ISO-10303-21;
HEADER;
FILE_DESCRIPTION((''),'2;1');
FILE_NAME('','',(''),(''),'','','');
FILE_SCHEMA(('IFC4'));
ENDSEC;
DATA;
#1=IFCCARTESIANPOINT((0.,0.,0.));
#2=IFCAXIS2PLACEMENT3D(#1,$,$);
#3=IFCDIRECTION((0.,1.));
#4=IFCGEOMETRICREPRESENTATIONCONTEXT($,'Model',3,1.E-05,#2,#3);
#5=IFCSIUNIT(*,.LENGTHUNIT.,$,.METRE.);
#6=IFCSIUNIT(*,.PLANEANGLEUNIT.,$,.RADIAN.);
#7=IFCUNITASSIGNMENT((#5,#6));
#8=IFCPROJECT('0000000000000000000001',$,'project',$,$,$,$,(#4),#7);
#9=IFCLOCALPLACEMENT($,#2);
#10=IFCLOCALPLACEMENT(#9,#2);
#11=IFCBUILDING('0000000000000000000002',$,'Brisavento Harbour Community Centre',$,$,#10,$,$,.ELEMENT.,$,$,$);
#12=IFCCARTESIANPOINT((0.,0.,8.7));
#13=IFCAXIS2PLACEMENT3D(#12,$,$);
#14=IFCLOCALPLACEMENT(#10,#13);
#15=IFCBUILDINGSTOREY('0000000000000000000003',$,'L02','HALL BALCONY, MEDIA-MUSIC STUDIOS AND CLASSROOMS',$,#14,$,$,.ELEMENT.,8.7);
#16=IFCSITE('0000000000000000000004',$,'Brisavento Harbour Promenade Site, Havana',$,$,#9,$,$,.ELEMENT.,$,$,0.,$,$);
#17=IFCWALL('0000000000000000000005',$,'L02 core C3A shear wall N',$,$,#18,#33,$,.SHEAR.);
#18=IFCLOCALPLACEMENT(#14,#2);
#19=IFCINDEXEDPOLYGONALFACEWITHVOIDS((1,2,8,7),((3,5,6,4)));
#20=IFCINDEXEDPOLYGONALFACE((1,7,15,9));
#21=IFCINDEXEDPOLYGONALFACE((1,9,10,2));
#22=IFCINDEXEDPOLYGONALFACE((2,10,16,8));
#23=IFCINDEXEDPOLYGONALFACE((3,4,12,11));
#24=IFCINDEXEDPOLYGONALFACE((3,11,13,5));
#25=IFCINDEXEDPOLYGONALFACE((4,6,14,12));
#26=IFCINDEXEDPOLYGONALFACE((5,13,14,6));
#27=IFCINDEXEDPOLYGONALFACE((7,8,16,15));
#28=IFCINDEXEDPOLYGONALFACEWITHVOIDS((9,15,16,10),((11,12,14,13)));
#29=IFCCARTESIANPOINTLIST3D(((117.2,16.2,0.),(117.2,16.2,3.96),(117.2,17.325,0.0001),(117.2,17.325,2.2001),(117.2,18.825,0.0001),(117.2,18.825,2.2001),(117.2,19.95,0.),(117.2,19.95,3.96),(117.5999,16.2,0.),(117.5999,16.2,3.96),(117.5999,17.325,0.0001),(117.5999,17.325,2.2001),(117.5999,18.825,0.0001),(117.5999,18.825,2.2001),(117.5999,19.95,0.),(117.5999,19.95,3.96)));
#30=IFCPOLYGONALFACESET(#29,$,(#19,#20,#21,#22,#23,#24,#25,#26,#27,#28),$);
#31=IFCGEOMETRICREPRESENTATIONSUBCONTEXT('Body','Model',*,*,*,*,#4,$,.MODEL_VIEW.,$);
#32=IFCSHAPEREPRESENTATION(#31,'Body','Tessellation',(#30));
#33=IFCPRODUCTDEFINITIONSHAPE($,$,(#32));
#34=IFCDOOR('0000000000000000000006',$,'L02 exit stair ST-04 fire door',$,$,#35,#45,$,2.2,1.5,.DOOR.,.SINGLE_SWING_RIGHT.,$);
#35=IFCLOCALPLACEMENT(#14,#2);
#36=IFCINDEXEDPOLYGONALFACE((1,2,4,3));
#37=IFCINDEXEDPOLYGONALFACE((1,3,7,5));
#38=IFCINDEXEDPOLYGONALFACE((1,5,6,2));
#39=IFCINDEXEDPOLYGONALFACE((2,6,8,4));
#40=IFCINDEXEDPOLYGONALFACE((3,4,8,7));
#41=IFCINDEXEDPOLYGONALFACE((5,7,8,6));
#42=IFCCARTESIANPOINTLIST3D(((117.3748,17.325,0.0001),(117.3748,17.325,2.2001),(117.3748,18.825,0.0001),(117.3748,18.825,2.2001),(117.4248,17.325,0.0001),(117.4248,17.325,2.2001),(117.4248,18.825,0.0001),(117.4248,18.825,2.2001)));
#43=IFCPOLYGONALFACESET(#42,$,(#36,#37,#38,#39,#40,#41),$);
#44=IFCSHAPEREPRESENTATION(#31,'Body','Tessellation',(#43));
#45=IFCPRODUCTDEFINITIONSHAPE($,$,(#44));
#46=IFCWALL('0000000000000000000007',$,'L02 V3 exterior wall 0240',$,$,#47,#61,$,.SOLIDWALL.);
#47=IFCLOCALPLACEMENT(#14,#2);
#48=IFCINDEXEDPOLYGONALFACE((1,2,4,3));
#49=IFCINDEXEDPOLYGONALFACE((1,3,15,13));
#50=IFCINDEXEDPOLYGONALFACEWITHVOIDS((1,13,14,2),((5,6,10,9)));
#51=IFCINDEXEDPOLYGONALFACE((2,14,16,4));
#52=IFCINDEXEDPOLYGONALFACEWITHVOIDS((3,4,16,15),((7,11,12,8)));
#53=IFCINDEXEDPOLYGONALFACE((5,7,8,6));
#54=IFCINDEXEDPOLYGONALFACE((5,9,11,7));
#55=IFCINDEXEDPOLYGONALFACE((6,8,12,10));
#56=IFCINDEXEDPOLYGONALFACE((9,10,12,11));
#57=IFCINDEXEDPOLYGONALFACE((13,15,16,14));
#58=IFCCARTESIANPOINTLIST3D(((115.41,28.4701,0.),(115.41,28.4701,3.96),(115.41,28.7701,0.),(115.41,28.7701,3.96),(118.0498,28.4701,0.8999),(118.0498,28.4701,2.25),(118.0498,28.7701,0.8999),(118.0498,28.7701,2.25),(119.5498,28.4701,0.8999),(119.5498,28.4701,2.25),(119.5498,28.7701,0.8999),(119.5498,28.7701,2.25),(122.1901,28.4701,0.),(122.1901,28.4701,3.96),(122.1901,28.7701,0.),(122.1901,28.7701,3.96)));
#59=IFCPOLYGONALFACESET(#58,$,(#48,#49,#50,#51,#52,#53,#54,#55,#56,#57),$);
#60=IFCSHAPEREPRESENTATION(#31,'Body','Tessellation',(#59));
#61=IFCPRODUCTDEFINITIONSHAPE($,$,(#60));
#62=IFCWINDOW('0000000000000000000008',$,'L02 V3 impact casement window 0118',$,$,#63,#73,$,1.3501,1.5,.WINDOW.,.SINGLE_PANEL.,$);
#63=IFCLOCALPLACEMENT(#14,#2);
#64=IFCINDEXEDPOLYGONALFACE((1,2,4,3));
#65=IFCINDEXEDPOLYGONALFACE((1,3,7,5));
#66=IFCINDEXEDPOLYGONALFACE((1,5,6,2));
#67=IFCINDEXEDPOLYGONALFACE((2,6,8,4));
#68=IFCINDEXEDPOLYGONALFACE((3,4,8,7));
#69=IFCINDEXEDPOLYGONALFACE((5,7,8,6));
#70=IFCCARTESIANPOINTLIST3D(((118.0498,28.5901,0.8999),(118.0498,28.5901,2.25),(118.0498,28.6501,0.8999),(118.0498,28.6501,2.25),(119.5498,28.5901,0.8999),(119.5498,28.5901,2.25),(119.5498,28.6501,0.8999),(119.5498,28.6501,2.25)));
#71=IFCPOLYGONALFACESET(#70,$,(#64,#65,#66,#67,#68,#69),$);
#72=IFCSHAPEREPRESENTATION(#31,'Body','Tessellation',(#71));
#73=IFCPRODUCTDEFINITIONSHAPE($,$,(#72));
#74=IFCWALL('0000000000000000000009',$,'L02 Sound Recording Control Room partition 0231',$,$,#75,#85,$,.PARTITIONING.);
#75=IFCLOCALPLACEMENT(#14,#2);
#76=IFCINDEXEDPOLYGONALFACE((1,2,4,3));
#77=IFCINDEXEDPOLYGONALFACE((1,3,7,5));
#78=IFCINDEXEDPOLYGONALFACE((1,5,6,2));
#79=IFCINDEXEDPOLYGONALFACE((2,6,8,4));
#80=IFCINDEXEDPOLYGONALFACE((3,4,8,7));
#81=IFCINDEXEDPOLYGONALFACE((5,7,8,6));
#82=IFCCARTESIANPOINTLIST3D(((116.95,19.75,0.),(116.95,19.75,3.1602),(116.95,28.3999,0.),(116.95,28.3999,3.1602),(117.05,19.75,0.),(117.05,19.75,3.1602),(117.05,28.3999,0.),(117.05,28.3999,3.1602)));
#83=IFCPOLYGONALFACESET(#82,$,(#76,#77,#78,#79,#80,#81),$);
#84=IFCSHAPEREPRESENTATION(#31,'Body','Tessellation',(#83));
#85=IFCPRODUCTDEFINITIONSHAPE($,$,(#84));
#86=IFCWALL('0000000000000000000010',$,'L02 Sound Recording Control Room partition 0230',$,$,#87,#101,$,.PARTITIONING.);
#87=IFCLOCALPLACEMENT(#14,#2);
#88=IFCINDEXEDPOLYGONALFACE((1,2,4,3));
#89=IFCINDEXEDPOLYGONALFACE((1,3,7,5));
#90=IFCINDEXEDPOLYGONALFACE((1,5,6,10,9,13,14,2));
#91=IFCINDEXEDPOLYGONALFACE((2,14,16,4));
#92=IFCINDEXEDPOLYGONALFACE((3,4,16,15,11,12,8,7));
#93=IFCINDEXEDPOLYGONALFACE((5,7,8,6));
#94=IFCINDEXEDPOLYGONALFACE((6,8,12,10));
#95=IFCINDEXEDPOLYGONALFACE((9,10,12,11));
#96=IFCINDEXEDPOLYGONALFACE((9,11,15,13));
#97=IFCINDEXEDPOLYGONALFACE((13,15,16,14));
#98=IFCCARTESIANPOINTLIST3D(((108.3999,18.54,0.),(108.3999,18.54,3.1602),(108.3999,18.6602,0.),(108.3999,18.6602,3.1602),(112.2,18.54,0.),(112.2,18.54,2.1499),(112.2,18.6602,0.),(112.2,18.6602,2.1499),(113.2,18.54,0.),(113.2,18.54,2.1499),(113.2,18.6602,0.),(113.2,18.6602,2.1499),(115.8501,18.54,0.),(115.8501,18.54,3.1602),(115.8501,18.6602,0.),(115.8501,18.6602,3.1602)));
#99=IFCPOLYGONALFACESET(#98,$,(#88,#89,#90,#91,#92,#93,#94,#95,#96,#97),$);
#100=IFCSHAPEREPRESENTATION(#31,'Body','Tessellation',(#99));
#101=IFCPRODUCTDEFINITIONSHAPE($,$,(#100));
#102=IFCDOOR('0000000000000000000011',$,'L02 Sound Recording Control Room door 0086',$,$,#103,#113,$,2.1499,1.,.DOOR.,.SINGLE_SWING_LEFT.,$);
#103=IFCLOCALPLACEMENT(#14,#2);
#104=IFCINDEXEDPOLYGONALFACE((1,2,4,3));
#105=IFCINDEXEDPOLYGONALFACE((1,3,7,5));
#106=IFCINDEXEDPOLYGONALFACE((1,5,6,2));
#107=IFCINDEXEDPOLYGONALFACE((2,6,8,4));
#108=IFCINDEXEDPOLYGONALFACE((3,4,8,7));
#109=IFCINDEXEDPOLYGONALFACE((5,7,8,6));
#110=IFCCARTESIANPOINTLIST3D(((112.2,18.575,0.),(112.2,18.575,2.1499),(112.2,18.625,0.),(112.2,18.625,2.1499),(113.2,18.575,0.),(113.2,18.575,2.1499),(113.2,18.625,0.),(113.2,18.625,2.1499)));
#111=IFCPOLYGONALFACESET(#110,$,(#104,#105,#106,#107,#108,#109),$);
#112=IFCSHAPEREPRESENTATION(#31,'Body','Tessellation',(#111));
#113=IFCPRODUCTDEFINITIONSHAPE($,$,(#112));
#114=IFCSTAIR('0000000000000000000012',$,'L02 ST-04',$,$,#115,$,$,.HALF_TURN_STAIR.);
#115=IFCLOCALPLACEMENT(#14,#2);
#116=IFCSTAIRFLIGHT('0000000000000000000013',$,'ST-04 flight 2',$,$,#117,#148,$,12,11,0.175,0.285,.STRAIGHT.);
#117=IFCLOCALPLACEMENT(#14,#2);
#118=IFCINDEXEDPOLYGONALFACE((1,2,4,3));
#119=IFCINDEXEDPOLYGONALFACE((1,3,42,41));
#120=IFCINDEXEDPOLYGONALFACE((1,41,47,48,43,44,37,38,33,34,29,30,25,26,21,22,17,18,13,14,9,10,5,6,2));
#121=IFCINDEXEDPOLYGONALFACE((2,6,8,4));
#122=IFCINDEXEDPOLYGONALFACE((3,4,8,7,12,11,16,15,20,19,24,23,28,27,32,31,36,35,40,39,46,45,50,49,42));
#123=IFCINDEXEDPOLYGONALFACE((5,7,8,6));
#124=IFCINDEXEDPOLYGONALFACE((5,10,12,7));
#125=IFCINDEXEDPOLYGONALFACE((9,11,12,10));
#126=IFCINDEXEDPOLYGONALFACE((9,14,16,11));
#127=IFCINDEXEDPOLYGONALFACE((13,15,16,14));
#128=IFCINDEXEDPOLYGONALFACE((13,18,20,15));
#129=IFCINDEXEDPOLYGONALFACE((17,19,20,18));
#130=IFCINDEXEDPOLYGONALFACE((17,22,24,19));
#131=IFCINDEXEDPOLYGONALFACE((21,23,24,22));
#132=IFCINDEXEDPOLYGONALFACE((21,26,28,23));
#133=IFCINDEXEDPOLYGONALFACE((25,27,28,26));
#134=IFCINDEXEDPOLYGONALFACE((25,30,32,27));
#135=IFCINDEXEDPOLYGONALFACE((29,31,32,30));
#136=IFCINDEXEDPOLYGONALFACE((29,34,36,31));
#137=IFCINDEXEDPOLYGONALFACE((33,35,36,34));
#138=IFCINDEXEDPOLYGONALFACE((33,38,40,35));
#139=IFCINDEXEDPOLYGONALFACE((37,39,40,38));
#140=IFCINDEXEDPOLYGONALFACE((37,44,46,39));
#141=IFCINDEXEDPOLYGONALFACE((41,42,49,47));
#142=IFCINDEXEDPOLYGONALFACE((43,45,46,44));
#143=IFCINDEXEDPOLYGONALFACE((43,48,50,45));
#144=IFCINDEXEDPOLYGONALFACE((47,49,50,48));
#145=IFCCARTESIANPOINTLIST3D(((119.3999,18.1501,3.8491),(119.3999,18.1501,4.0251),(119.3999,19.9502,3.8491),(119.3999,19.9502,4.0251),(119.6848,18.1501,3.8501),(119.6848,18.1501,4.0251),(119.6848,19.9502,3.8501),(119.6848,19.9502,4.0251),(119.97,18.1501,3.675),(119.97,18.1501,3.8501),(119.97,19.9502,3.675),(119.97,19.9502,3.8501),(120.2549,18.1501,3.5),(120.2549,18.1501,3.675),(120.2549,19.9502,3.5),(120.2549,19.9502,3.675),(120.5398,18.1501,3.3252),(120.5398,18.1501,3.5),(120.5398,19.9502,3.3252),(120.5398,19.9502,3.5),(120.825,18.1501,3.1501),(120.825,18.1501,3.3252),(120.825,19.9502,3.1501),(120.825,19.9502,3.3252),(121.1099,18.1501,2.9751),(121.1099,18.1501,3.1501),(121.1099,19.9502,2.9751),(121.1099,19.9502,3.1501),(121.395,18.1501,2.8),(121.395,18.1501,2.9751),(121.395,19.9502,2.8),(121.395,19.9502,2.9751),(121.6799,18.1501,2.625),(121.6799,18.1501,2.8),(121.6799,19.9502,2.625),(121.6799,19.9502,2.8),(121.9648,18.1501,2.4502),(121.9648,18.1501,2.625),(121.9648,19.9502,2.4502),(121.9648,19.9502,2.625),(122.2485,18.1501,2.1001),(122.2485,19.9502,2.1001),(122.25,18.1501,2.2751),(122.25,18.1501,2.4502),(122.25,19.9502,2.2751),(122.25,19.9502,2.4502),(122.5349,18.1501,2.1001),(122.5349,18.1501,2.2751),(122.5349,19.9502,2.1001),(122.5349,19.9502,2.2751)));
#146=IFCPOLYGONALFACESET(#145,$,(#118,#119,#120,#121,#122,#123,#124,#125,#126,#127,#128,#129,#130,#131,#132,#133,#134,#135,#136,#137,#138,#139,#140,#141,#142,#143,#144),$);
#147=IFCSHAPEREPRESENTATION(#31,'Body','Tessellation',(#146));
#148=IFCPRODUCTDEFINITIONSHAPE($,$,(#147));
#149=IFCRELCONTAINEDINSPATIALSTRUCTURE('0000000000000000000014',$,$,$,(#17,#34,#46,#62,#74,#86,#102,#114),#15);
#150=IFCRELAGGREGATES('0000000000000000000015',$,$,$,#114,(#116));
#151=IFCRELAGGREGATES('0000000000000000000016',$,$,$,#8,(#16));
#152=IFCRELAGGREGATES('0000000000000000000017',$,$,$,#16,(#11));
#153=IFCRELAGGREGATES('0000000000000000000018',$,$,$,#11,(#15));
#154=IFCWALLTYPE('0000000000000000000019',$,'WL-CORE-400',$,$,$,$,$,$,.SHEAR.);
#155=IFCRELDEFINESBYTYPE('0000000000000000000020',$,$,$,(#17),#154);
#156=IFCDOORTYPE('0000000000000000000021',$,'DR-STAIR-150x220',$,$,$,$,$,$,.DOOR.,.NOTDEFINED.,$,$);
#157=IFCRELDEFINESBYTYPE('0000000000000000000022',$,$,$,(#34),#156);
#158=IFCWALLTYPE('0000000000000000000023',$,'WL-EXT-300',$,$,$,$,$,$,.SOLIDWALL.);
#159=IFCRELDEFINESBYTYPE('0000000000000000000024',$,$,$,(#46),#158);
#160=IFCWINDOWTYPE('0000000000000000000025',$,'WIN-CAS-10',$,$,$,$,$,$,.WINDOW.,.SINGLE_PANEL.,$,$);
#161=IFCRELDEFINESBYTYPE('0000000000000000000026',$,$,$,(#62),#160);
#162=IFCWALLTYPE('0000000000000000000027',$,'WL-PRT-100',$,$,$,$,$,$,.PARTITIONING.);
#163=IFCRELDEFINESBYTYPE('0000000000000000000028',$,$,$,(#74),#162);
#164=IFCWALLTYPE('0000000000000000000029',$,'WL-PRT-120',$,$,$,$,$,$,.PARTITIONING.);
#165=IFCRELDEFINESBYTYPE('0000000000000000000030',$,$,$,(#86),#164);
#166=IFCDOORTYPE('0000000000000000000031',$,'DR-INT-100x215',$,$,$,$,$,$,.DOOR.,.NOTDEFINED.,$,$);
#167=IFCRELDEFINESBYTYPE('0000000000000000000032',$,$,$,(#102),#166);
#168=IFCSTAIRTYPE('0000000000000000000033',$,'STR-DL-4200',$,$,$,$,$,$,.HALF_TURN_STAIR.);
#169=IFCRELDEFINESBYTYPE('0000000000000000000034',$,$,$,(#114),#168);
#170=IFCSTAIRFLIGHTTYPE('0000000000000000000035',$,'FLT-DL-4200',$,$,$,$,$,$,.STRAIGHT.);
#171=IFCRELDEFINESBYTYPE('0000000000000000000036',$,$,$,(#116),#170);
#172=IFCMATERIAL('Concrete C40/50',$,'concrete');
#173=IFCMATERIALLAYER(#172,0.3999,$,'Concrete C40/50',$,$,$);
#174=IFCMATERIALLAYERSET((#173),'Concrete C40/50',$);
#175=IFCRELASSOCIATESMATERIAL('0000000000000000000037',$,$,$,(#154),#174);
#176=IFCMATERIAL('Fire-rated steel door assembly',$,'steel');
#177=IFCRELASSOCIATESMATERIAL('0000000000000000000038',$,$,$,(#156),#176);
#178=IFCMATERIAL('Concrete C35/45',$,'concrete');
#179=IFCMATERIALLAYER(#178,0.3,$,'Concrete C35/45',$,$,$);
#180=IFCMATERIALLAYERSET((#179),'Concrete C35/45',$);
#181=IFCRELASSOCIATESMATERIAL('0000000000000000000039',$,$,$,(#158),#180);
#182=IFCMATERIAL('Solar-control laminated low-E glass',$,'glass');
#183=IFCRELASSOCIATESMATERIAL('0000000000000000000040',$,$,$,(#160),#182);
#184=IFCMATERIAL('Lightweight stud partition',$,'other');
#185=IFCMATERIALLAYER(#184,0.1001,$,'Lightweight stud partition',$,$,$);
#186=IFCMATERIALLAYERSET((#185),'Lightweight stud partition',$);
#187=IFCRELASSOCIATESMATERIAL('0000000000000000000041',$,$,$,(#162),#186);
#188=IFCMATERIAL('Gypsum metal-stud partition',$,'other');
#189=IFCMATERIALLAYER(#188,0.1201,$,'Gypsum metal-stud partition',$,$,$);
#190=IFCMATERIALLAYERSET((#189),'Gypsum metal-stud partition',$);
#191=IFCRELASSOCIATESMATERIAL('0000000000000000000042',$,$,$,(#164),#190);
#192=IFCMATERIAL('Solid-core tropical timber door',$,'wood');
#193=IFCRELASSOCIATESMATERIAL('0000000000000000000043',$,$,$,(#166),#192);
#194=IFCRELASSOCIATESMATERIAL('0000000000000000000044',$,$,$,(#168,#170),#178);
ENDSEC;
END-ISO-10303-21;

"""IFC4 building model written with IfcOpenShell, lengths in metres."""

from ifc_helpers import new_model, si_unit, direction, frame, frame_2d, origin, place, context, subcontext, project, spatial, polyline, rectangle, outline, extrude, material, layer, layer_set, type_object, element, fill, aggregate, save


model = new_model("IFC4")

# Units and contexts
model_context = context("Model", 3, precision=1e-05, world=origin(), true_north=direction((0.0, 1.0)))
body_context = subcontext(model_context, "Body", "Model", "MODEL_VIEW")
ifc_project = project(units=[si_unit("LENGTHUNIT", "METRE"), si_unit("PLANEANGLEUNIT", "RADIAN")], contexts=[model_context])

# Site, building, storey
site_placement = place(None, origin())
site = spatial("IfcSite", under=ifc_project, at=site_placement, Name="Brisavento Harbour Promenade Site, Havana", CompositionType="ELEMENT", RefElevation=0.0)
building_placement = place(site_placement, origin())
building = spatial("IfcBuilding", under=site, at=building_placement, Name="Brisavento Harbour Community Centre", CompositionType="ELEMENT")
storey_placement = place(building_placement, frame((0.0, 0.0, 8.7)))
storey = spatial("IfcBuildingStorey", under=building, at=storey_placement, Name="L02", Description="HALL BALCONY, MEDIA-MUSIC STUDIOS AND CLASSROOMS", CompositionType="ELEMENT", Elevation=8.7)

# Shared definitions
ifc_material_1 = material(Name="Concrete C35/45", Category="concrete")

# Shared definitions
ifc_material_2 = material(Name="Solar-control laminated low-E glass", Category="glass")

# Wall, opening, door
ifc_material_3 = material(Name="Concrete C40/50", Category="concrete")
ifc_layer_1 = layer(ifc_material_3, 0.3999, Name="Concrete C40/50")
ifc_layer_set_1 = layer_set([ifc_layer_1], Name="Concrete C40/50")
wall_type_1 = type_object("IfcWallType", Name="WL-CORE-400", PredefinedType="SHEAR", material=ifc_layer_set_1)
wall_1_placement = place(storey_placement, frame((117.3999, 19.95, 0.0), z_axis=(0.0, 0.0, 1.0), x_axis=(0.0, -1.0, 0.0)))
wall_1 = element("IfcWall", 1, at=wall_1_placement, inside=storey, type_object=wall_type_1, Name="L02 core C3A shear wall N", PredefinedType="SHEAR", context=body_context, shape_type="SweptSolid", body=[
    extrude(rectangle(XDim=3.75, YDim=0.3999, at=frame_2d((1.875, 0.0))), origin(), (0.0, 0.0, 1.0), 3.96),
])
opening_1_placement = place(wall_1_placement, frame((1.125, 0.0, 0.0)))
opening_1 = element("IfcOpeningElement", 2, at=opening_1_placement, cuts=wall_1, PredefinedType="OPENING", context=body_context, shape_type="SweptSolid", body=[
    extrude(rectangle(XDim=1.5, YDim=2.2, at=frame_2d((0.75, 1.1001))), frame((0.0, 0.21, 0.0), z_axis=(0.0, -1.0, 0.0), x_axis=(1.0, 0.0, 0.0)), (0.0, 0.0, 1.0), 0.4199),
])
ifc_material_4 = material(Name="Fire-rated steel door assembly", Category="steel")
door_type_1 = type_object("IfcDoorType", Name="DR-STAIR-150x220", OperationType="NOTDEFINED", PredefinedType="DOOR", material=ifc_material_4)
door_1_placement = place(opening_1_placement, origin())
door_1 = element("IfcDoor", 3, at=door_1_placement, inside=storey, type_object=door_type_1, Name="L02 exit stair ST-04 fire door", OperationType="SINGLE_SWING_RIGHT", OverallHeight=2.2, OverallWidth=1.5, PredefinedType="DOOR", context=body_context, shape_type="SweptSolid", body=[
    extrude(rectangle(XDim=1.5, YDim=2.2, at=frame_2d((0.75, 1.1001))), frame((0.0, 0.0249, 0.0), z_axis=(0.0, -1.0, 0.0), x_axis=(1.0, 0.0, 0.0)), (0.0, 0.0, 1.0), 0.05),
])
fill(opening_1, door_1)

# Wall, opening, window
ifc_layer_2 = layer(ifc_material_1, 0.3, Name="Concrete C35/45")
ifc_layer_set_2 = layer_set([ifc_layer_2], Name="Concrete C35/45")
wall_type_2 = type_object("IfcWallType", Name="WL-EXT-300", PredefinedType="SOLIDWALL", material=ifc_layer_set_2)
wall_2_placement = place(storey_placement, frame((115.4099, 28.6201, 0.0), z_axis=(0.0, 0.0, 1.0), x_axis=(1.0, 0.0, 0.0)))
wall_2 = element("IfcWall", 4, at=wall_2_placement, inside=storey, type_object=wall_type_2, Name="L02 V3 exterior wall 0240", PredefinedType="SOLIDWALL", context=body_context, shape_type="SweptSolid", body=[
    extrude(rectangle(XDim=6.78, YDim=0.3, at=frame_2d((3.3901, 0.0))), origin(), (0.0, 0.0, 1.0), 3.96),
])
opening_2_placement = place(wall_2_placement, frame((2.6399, 0.0, 0.8999)))
opening_2 = element("IfcOpeningElement", 5, at=opening_2_placement, cuts=wall_2, PredefinedType="OPENING", context=body_context, shape_type="SweptSolid", body=[
    extrude(rectangle(XDim=1.5, YDim=1.3501, at=frame_2d((0.75, 0.675))), frame((0.0, 0.1602, 0.0), z_axis=(0.0, -1.0, 0.0), x_axis=(1.0, 0.0, 0.0)), (0.0, 0.0, 1.0), 0.3201),
])
window_type = type_object("IfcWindowType", Name="WIN-CAS-10", PartitioningType="SINGLE_PANEL", PredefinedType="WINDOW", material=ifc_material_2)
window_placement = place(opening_2_placement, origin())
window = element("IfcWindow", 6, at=window_placement, inside=storey, type_object=window_type, Name="L02 V3 impact casement window 0118", OverallHeight=1.3501, OverallWidth=1.5, PartitioningType="SINGLE_PANEL", PredefinedType="WINDOW", context=body_context, shape_type="SweptSolid", body=[
    extrude(rectangle(XDim=1.5, YDim=1.3501, at=frame_2d((0.75, 0.675))), frame((0.0, 0.03, 0.0), z_axis=(0.0, -1.0, 0.0), x_axis=(1.0, 0.0, 0.0)), (0.0, 0.0, 1.0), 0.0601),
])
fill(opening_2, window)

# Wall
ifc_material_5 = material(Name="Lightweight stud partition", Category="other")
ifc_layer_3 = layer(ifc_material_5, 0.1001, Name="Lightweight stud partition")
ifc_layer_set_3 = layer_set([ifc_layer_3], Name="Lightweight stud partition")
wall_type_3 = type_object("IfcWallType", Name="WL-PRT-100", PredefinedType="PARTITIONING", material=ifc_layer_set_3)
wall_3_placement = place(storey_placement, frame((117.0, 19.75, 0.0), z_axis=(0.0, 0.0, 1.0), x_axis=(0.0, 1.0, 0.0)))
element("IfcWall", 7, at=wall_3_placement, inside=storey, type_object=wall_type_3, Name="L02 Sound Recording Control Room partition 0231", PredefinedType="PARTITIONING", context=body_context, shape_type="SweptSolid", body=[
    extrude(rectangle(XDim=8.6499, YDim=0.1001, at=frame_2d((4.325, 0.0))), origin(), (0.0, 0.0, 1.0), 3.1602),
])

# Wall, opening, door
ifc_material_6 = material(Name="Gypsum metal-stud partition", Category="other")
ifc_layer_4 = layer(ifc_material_6, 0.1201, Name="Gypsum metal-stud partition")
ifc_layer_set_4 = layer_set([ifc_layer_4], Name="Gypsum metal-stud partition")
wall_type_4 = type_object("IfcWallType", Name="WL-PRT-120", PredefinedType="PARTITIONING", material=ifc_layer_set_4)
wall_4_placement = place(storey_placement, frame((108.3999, 18.6001, 0.0), z_axis=(0.0, 0.0, 1.0), x_axis=(1.0, 0.0, 0.0)))
wall_4 = element("IfcWall", 8, at=wall_4_placement, inside=storey, type_object=wall_type_4, Name="L02 Sound Recording Control Room partition 0230", PredefinedType="PARTITIONING", context=body_context, shape_type="SweptSolid", body=[
    extrude(rectangle(XDim=7.4502, YDim=0.1201, at=frame_2d((3.7251, 0.0))), origin(), (0.0, 0.0, 1.0), 3.1602),
])
opening_3_placement = place(wall_4_placement, frame((3.8, 0.0, 0.0)))
opening_3 = element("IfcOpeningElement", 9, at=opening_3_placement, cuts=wall_4, PredefinedType="OPENING", context=body_context, shape_type="SweptSolid", body=[
    extrude(rectangle(XDim=1.0, YDim=2.1499, at=frame_2d((0.5, 1.075))), frame((0.0, 0.0701, 0.0), z_axis=(0.0, -1.0, 0.0), x_axis=(1.0, 0.0, 0.0)), (0.0, 0.0, 1.0), 0.1401),
])
ifc_material_7 = material(Name="Solid-core tropical timber door", Category="wood")
door_type_2 = type_object("IfcDoorType", Name="DR-INT-100x215", OperationType="NOTDEFINED", PredefinedType="DOOR", material=ifc_material_7)
door_2_placement = place(opening_3_placement, origin())
door_2 = element("IfcDoor", 10, at=door_2_placement, inside=storey, type_object=door_type_2, Name="L02 Sound Recording Control Room door 0086", OperationType="SINGLE_SWING_LEFT", OverallHeight=2.1499, OverallWidth=1.0, PredefinedType="DOOR", context=body_context, shape_type="SweptSolid", body=[
    extrude(rectangle(XDim=1.0, YDim=2.1499, at=frame_2d((0.5, 1.075))), frame((0.0, 0.0249, 0.0), z_axis=(0.0, -1.0, 0.0), x_axis=(1.0, 0.0, 0.0)), (0.0, 0.0, 1.0), 0.05),
])
fill(opening_3, door_2)

# Stair, stair flight
stair_type = type_object("IfcStairType", Name="STR-DL-4200", PredefinedType="HALF_TURN_STAIR", material=ifc_material_1)
stair_placement = place(storey_placement, origin())
stair = element("IfcStair", 11, at=stair_placement, inside=storey, type_object=stair_type, Name="L02 ST-04", PredefinedType="HALF_TURN_STAIR")
stair_flight_type = type_object("IfcStairFlightType", Name="FLT-DL-4200", PredefinedType="STRAIGHT", material=ifc_material_1)
stair_flight_placement = place(storey_placement, frame((122.5349, 19.05, 2.1001), z_axis=(0.0, 0.0, 1.0), x_axis=(-1.0, 0.0, 0.0)))
stair_flight = element("IfcStairFlight", 12, at=stair_flight_placement, type_object=stair_flight_type, Name="ST-04 flight 2", NumberOfRisers=12, NumberOfTreads=11, PredefinedType="STRAIGHT", RiserHeight=0.175, TreadLength=0.285, context=body_context, shape_type="SweptSolid", body=[
    extrude(outline(polyline([(0.0, 0.0), (0.0, 0.175), (0.2849, 0.175), (0.2849, 0.3501), (0.5701, 0.3501), (0.5701, 0.5249), (0.855, 0.5249), (0.855, 0.7), (1.1399, 0.7), (1.1399, 0.875), (1.425, 0.875), (1.425, 1.05), (1.71, 1.05), (1.71, 1.2251), (1.9951, 1.2251), (1.9951, 1.3999), (2.28, 1.3999), (2.28, 1.575), (2.5649, 1.575), (2.5649, 1.75), (2.8501, 1.75), (2.8501, 1.925), (3.135, 1.925), (3.135, 2.1001), (3.135, 1.749), (0.2864, 0.0), (0.0, 0.0)])), frame((0.0, 0.8999, 0.0), z_axis=(0.0, -1.0, 0.0), x_axis=(1.0, 0.0, 0.0)), (0.0, 0.0, 1.0), 1.8),
])
aggregate(stair, [stair_flight])

save(model, "model.ifc")
